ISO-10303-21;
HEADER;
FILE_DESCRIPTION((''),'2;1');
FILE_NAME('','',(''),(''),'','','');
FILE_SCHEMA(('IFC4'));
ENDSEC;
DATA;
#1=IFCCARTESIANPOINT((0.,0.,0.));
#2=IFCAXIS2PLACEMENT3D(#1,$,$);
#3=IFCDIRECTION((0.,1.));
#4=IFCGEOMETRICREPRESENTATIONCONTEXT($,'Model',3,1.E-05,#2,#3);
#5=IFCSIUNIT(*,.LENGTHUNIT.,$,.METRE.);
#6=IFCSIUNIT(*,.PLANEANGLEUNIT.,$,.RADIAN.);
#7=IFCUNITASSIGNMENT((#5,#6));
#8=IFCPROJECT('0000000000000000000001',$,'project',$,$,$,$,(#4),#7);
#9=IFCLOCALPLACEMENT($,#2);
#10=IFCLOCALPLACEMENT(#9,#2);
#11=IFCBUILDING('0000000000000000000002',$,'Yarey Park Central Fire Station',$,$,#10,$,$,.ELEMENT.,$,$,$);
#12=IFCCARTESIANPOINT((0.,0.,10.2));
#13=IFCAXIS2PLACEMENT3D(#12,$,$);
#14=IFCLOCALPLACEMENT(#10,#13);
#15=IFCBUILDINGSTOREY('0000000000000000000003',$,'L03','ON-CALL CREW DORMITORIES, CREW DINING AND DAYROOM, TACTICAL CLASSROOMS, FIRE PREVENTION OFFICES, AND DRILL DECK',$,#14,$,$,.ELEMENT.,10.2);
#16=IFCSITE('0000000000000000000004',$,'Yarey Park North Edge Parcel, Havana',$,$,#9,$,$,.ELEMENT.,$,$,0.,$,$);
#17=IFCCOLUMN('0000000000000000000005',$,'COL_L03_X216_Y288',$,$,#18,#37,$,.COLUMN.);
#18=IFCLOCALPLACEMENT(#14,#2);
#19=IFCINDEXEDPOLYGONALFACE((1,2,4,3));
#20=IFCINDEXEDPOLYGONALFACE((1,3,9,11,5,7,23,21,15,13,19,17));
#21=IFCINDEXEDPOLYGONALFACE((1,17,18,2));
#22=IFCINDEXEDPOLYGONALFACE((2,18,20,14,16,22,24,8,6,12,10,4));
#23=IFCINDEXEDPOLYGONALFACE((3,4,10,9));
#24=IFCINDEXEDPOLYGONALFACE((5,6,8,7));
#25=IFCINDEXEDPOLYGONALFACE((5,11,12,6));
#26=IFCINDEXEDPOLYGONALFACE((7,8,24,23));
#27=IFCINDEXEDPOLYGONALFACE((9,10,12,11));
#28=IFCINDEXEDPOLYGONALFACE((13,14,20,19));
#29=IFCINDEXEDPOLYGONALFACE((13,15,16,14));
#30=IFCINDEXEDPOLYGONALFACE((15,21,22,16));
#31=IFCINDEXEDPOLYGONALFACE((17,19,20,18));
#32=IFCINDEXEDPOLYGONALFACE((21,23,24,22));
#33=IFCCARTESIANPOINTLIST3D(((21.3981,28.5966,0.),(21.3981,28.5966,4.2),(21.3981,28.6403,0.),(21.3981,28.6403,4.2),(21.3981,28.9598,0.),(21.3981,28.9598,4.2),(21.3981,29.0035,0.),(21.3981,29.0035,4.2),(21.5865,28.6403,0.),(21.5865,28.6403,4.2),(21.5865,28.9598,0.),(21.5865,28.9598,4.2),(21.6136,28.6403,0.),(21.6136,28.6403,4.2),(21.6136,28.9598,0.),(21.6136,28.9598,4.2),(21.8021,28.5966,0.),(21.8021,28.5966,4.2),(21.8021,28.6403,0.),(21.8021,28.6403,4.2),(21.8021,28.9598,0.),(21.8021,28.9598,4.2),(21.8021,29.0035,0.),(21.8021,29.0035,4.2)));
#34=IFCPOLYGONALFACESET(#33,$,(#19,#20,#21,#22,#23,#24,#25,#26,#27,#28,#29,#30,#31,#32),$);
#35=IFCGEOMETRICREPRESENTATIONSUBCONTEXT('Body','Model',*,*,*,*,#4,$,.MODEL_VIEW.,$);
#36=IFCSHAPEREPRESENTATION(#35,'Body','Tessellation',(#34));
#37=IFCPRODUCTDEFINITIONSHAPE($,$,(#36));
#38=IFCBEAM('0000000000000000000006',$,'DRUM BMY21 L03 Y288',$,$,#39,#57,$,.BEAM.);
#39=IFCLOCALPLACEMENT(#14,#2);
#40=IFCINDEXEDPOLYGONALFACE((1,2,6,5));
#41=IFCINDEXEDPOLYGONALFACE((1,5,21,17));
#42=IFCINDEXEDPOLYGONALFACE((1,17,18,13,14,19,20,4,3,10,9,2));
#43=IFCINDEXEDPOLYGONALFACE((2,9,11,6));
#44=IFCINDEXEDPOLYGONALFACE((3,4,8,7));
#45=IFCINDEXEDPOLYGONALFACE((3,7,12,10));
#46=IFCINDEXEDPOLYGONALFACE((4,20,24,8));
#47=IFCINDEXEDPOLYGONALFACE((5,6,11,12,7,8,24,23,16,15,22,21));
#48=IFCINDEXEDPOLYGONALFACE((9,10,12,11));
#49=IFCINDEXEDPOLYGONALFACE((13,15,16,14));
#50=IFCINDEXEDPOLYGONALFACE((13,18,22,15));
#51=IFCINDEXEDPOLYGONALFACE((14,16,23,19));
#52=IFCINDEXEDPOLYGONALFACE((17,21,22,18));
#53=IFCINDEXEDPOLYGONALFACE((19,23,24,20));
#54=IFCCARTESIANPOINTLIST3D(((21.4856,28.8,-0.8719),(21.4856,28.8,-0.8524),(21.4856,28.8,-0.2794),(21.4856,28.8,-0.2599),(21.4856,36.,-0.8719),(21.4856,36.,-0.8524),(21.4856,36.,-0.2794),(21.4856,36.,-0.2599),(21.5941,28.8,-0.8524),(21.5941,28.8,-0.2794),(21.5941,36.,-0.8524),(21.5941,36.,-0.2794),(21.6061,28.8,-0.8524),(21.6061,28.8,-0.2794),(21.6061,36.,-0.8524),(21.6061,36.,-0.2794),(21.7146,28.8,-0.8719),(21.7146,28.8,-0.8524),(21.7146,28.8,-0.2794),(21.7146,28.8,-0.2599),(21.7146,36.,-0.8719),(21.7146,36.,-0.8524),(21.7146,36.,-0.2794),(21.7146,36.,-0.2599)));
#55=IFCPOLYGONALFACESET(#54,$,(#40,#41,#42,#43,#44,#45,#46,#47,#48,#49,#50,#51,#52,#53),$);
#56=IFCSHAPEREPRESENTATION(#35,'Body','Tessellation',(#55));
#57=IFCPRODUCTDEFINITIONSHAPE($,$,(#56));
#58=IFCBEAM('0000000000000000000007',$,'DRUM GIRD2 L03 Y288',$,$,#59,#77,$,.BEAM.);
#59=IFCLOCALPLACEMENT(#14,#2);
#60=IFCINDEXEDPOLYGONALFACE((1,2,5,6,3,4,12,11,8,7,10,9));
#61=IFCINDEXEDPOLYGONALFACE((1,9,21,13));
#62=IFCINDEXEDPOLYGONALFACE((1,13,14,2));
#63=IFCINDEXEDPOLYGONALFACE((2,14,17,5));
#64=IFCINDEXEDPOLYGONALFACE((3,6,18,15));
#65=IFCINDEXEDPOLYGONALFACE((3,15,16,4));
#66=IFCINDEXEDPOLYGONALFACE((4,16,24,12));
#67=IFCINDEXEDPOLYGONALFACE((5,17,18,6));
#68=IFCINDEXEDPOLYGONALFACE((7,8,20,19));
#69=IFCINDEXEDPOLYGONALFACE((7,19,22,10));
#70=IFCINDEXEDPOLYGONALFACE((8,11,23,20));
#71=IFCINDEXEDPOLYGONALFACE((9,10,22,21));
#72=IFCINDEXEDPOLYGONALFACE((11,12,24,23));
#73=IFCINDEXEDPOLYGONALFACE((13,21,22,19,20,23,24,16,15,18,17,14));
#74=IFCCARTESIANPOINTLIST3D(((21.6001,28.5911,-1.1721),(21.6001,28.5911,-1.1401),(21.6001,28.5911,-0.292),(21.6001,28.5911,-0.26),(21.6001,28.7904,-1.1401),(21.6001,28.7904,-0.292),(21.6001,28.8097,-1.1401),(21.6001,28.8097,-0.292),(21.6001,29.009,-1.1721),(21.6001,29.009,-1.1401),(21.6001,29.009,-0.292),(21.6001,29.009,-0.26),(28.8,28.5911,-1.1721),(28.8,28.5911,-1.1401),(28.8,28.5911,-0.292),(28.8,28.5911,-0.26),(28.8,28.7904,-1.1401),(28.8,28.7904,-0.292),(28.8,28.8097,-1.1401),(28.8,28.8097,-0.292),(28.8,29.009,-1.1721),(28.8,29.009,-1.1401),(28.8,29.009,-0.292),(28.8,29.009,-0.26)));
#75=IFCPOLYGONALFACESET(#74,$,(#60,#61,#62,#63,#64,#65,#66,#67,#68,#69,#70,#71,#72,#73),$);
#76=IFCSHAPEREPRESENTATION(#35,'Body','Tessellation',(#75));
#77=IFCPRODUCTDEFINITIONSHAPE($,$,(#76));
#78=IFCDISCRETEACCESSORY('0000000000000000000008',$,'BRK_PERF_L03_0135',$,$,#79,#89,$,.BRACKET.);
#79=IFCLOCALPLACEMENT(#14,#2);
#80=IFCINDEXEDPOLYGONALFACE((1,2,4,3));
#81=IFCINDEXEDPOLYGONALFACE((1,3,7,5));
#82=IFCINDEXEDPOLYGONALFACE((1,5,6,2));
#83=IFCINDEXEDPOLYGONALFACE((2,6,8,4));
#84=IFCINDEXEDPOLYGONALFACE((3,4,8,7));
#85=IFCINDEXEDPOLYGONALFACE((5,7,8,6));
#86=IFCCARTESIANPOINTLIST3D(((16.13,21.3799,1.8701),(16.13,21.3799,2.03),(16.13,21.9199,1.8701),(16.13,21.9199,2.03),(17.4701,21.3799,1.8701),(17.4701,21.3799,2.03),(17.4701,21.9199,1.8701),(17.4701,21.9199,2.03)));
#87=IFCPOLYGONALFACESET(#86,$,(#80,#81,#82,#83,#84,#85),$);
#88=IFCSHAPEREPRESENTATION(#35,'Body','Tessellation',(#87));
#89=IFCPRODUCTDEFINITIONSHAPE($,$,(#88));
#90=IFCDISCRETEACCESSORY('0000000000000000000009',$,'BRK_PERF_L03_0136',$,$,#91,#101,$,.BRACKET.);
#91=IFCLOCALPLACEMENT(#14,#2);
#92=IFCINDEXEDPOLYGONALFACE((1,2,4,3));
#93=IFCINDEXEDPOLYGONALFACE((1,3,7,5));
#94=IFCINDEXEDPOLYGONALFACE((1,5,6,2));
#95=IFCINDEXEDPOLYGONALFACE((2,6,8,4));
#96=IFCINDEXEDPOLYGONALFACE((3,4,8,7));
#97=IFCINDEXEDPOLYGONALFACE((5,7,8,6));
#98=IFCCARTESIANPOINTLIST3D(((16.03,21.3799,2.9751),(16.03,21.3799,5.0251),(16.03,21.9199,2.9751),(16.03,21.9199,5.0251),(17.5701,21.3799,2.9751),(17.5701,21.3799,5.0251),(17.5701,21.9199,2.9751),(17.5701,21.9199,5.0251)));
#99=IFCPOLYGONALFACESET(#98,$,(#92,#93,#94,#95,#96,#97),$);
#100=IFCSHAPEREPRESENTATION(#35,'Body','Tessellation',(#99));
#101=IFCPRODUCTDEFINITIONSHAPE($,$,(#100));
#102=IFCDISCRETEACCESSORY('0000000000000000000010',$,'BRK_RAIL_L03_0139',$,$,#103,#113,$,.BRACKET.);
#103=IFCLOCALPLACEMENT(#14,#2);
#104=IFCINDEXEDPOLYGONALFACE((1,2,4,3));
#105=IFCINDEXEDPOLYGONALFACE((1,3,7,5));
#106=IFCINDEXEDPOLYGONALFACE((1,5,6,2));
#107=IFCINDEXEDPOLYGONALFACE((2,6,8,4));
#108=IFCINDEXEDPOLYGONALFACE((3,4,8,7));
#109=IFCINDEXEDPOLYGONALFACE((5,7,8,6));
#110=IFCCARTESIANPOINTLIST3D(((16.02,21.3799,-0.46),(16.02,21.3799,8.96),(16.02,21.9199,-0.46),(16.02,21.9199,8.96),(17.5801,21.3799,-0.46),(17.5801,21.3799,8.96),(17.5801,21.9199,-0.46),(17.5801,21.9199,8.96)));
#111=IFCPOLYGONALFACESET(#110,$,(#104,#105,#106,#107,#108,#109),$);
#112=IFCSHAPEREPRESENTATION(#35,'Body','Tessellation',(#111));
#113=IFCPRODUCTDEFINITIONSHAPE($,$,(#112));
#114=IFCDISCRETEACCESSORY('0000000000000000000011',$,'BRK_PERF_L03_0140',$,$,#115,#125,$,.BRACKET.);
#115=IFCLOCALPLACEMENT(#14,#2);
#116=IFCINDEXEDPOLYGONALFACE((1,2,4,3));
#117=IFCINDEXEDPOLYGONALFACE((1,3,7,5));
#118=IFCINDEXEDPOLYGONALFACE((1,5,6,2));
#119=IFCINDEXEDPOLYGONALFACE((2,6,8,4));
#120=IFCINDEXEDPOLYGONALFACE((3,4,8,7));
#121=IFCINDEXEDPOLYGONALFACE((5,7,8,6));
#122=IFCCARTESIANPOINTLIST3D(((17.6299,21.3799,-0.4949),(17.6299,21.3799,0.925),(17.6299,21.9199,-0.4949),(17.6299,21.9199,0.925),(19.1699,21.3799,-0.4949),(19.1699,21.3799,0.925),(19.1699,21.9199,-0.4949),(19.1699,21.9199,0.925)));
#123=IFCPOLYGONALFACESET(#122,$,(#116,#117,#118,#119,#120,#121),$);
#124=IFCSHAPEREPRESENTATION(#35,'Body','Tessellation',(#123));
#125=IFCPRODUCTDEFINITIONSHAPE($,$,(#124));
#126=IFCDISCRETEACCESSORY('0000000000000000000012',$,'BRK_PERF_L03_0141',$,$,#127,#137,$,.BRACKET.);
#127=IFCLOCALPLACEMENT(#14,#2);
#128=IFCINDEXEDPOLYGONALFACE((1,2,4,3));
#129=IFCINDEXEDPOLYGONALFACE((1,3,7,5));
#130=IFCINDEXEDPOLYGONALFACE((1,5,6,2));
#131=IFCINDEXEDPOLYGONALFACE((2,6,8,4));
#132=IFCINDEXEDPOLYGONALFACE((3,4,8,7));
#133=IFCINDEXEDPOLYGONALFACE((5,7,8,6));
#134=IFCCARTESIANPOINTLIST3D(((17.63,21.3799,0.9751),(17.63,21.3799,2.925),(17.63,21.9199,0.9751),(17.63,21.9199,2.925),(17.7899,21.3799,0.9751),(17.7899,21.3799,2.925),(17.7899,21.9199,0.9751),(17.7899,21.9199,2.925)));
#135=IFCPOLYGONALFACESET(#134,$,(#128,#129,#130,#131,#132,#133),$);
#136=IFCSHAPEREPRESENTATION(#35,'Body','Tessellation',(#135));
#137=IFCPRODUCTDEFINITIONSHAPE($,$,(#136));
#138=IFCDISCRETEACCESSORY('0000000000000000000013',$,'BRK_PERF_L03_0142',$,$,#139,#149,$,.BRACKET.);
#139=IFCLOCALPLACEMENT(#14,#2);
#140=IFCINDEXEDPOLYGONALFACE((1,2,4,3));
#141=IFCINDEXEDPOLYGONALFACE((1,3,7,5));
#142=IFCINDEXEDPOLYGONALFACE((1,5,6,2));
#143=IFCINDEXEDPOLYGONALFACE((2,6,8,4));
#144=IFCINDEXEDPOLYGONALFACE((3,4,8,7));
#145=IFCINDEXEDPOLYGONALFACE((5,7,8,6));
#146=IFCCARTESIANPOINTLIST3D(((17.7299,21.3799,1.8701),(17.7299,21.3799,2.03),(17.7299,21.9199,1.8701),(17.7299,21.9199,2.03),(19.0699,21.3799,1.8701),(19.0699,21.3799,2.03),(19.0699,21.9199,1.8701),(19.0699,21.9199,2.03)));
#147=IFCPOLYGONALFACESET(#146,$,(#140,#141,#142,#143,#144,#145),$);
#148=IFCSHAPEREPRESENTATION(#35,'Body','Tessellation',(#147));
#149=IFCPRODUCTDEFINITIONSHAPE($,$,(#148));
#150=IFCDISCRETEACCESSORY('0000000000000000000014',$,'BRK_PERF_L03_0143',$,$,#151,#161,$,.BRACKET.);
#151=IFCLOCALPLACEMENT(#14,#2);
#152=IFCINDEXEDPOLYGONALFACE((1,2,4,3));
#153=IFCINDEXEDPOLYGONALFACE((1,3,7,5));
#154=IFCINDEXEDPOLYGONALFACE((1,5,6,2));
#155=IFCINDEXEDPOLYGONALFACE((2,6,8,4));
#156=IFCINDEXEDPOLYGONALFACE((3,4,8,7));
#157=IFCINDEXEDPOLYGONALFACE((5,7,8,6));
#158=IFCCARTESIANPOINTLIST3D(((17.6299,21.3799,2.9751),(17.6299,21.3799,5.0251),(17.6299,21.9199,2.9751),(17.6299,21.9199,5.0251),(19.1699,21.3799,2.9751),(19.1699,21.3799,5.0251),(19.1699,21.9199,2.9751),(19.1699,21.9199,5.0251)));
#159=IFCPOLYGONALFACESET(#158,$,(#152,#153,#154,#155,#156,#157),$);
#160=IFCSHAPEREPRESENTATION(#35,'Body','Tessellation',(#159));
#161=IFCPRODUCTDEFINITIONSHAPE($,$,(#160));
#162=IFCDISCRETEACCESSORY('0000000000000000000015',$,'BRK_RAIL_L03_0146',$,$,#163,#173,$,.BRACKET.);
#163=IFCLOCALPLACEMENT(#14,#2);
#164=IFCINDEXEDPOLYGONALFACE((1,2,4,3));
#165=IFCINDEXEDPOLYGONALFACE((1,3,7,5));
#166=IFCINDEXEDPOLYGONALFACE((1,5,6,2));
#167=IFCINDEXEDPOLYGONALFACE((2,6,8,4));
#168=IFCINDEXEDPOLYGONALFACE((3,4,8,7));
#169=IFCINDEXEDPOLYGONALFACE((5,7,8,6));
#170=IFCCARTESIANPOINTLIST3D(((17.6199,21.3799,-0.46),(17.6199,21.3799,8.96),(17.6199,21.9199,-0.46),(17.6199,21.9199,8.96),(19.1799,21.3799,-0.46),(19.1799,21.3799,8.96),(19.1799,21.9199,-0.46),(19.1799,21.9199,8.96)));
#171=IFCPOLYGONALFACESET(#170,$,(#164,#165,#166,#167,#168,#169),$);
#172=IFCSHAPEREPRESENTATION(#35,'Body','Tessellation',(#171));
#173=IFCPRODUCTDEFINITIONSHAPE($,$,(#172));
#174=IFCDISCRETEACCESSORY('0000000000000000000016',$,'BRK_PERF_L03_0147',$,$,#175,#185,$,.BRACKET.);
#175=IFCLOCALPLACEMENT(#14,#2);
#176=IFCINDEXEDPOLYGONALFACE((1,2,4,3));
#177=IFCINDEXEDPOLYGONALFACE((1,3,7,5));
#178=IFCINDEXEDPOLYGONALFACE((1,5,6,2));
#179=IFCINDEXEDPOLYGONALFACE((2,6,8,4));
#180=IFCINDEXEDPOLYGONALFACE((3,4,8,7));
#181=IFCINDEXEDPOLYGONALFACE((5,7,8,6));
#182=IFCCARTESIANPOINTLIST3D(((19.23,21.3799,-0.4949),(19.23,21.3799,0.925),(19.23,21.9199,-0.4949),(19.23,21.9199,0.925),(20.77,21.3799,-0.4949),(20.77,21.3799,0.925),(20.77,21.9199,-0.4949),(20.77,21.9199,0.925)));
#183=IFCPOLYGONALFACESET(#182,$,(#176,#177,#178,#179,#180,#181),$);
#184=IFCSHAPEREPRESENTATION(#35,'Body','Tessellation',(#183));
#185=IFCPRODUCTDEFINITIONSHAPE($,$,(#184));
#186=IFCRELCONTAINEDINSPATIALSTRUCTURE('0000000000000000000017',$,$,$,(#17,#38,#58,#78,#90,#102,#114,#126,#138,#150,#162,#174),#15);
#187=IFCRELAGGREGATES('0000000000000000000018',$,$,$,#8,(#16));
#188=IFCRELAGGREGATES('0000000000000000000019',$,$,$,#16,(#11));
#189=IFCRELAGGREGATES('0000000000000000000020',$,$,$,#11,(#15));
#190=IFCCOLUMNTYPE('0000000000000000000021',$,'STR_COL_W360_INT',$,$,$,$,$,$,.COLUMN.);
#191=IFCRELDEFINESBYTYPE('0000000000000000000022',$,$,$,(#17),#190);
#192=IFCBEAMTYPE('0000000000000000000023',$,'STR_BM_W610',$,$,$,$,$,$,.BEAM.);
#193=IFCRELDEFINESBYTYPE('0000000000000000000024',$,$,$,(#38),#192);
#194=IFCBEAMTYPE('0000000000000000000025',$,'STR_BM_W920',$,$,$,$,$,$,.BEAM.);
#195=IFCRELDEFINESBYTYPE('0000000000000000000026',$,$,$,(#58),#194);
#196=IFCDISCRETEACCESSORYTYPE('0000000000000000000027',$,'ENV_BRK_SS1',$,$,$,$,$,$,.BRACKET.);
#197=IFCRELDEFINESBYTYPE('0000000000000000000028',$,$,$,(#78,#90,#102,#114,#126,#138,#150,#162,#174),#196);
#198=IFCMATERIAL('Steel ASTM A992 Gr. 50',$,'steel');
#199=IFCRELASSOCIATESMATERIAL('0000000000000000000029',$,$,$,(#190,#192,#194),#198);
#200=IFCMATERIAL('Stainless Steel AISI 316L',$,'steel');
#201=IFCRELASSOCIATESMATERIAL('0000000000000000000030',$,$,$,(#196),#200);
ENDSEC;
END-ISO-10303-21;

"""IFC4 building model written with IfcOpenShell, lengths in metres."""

from ifc_helpers import new_model, si_unit, direction, frame, origin, origin_2d, place, context, subcontext, project, spatial, rectangle, i_section, extrude, material, material_profile, profile_set, type_object, element, save


model = new_model("IFC4")

# Units and contexts
model_context = context("Model", 3, precision=1e-05, world=origin(), true_north=direction((0.0, 1.0)))
body_context = subcontext(model_context, "Body", "Model", "MODEL_VIEW")
ifc_project = project(units=[si_unit("LENGTHUNIT", "METRE"), si_unit("PLANEANGLEUNIT", "RADIAN")], contexts=[model_context])

# Site, building, storey
site_placement = place(None, origin())
site = spatial("IfcSite", under=ifc_project, at=site_placement, Name="Yarey Park North Edge Parcel, Havana", CompositionType="ELEMENT", RefElevation=0.0)
building_placement = place(site_placement, origin())
building = spatial("IfcBuilding", under=site, at=building_placement, Name="Yarey Park Central Fire Station", CompositionType="ELEMENT")
storey_placement = place(building_placement, frame((0.0, 0.0, 10.2)))
storey = spatial("IfcBuildingStorey", under=building, at=storey_placement, Name="L03", Description="ON-CALL CREW DORMITORIES, CREW DINING AND DAYROOM, TACTICAL CLASSROOMS, FIRE PREVENTION OFFICES, AND DRILL DECK", CompositionType="ELEMENT", Elevation=10.2)

# Column
ifc_material_1 = material(Name="Steel ASTM A992 Gr. 50", Category="steel")
ifc_material_profile_1 = material_profile(ifc_material_1, i_section(OverallWidth=0.4041, OverallDepth=0.407, WebThickness=0.0271, FlangeThickness=0.0437, at=origin_2d()), Name="W360x347")
ifc_profile_set_1 = profile_set([ifc_material_profile_1], Name="Steel ASTM A992 Gr. 50")
column_type = type_object("IfcColumnType", Name="STR_COL_W360_INT", PredefinedType="COLUMN", material=ifc_profile_set_1)
column_placement = place(storey_placement, frame((21.6001, 28.8, 0.0), z_axis=(0.0, 0.0, 1.0), x_axis=(1.0, 0.0, 0.0)))
element("IfcColumn", 1, at=column_placement, inside=storey, type_object=column_type, Name="COL_L03_X216_Y288", PredefinedType="COLUMN", context=body_context, shape_type="SweptSolid", body=[
    extrude(i_section(OverallWidth=0.4041, OverallDepth=0.407, WebThickness=0.0271, FlangeThickness=0.0437, at=origin_2d()), origin(), (0.0, 0.0, 1.0), 4.2),
])

# Beams
ifc_material_profile_2 = material_profile(ifc_material_1, i_section(OverallWidth=0.229, OverallDepth=0.6121, WebThickness=0.012, FlangeThickness=0.0195, at=origin_2d()), Name="W610x125")
ifc_profile_set_2 = profile_set([ifc_material_profile_2], Name="Steel ASTM A992 Gr. 50")
beam_type_1 = type_object("IfcBeamType", Name="STR_BM_W610", PredefinedType="BEAM", material=ifc_profile_set_2)
beam_1_placement = place(storey_placement, frame((21.6001, 28.8, -0.5659), z_axis=(0.0, 1.0, 0.0), x_axis=(-1.0, 0.0, 0.0)))
element("IfcBeam", 2, at=beam_1_placement, inside=storey, type_object=beam_type_1, Name="DRUM BMY21 L03 Y288", PredefinedType="BEAM", context=body_context, shape_type="SweptSolid", body=[
    extrude(i_section(OverallWidth=0.229, OverallDepth=0.6121, WebThickness=0.012, FlangeThickness=0.0195, at=origin_2d()), origin(), (0.0, 0.0, 1.0), 7.2),
])
ifc_material_profile_3 = material_profile(ifc_material_1, i_section(OverallWidth=0.418, OverallDepth=0.9121, WebThickness=0.0193, FlangeThickness=0.032, at=origin_2d()), Name="W920x342")
ifc_profile_set_3 = profile_set([ifc_material_profile_3], Name="Steel ASTM A992 Gr. 50")
beam_type_2 = type_object("IfcBeamType", Name="STR_BM_W920", PredefinedType="BEAM", material=ifc_profile_set_3)
beam_2_placement = place(storey_placement, frame((21.6001, 28.8, -0.7161), z_axis=(1.0, 0.0, 0.0), x_axis=(0.0, 1.0, 0.0)))
element("IfcBeam", 3, at=beam_2_placement, inside=storey, type_object=beam_type_2, Name="DRUM GIRD2 L03 Y288", PredefinedType="BEAM", context=body_context, shape_type="SweptSolid", body=[
    extrude(i_section(OverallWidth=0.418, OverallDepth=0.9121, WebThickness=0.0193, FlangeThickness=0.032, at=origin_2d()), origin(), (0.0, 0.0, 1.0), 7.2),
])

# Discrete accessories
ifc_material_2 = material(Name="Stainless Steel AISI 316L", Category="steel")
discrete_accessory_type = type_object("IfcDiscreteAccessoryType", Name="ENV_BRK_SS1", PredefinedType="BRACKET", material=ifc_material_2)
discrete_accessory_1_placement = place(storey_placement, frame((16.8, 21.6499, 1.8701), z_axis=(0.0, 0.0, 1.0), x_axis=(1.0, 0.0, 0.0)))
element("IfcDiscreteAccessory", 4, at=discrete_accessory_1_placement, inside=storey, type_object=discrete_accessory_type, Name="BRK_PERF_L03_0135", PredefinedType="BRACKET", context=body_context, shape_type="SweptSolid", body=[
    extrude(rectangle(XDim=1.3401, YDim=0.54, at=origin_2d()), origin(), (0.0, 0.0, 1.0), 0.1599),
])
discrete_accessory_2_placement = place(storey_placement, frame((16.8, 21.6499, 2.9751), z_axis=(0.0, 0.0, 1.0), x_axis=(1.0, 0.0, 0.0)))
element("IfcDiscreteAccessory", 5, at=discrete_accessory_2_placement, inside=storey, type_object=discrete_accessory_type, Name="BRK_PERF_L03_0136", PredefinedType="BRACKET", context=body_context, shape_type="SweptSolid", body=[
    extrude(rectangle(XDim=1.54, YDim=0.54, at=origin_2d()), origin(), (0.0, 0.0, 1.0), 2.05),
])
discrete_accessory_3_placement = place(storey_placement, frame((16.8, 21.6499, -0.46), z_axis=(0.0, 0.0, 1.0), x_axis=(1.0, 0.0, 0.0)))
element("IfcDiscreteAccessory", 6, at=discrete_accessory_3_placement, inside=storey, type_object=discrete_accessory_type, Name="BRK_RAIL_L03_0139", PredefinedType="BRACKET", context=body_context, shape_type="SweptSolid", body=[
    extrude(rectangle(XDim=1.5601, YDim=0.54, at=origin_2d()), origin(), (0.0, 0.0, 1.0), 9.4199),
])
discrete_accessory_4_placement = place(storey_placement, frame((18.3999, 21.6499, -0.4949), z_axis=(0.0, 0.0, 1.0), x_axis=(1.0, 0.0, 0.0)))
element("IfcDiscreteAccessory", 7, at=discrete_accessory_4_placement, inside=storey, type_object=discrete_accessory_type, Name="BRK_PERF_L03_0140", PredefinedType="BRACKET", context=body_context, shape_type="SweptSolid", body=[
    extrude(rectangle(XDim=1.54, YDim=0.54, at=origin_2d()), origin(), (0.0, 0.0, 1.0), 1.4199),
])
discrete_accessory_5_placement = place(storey_placement, frame((17.71, 21.6499, 0.9751), z_axis=(0.0, 0.0, 1.0), x_axis=(1.0, 0.0, 0.0)))
element("IfcDiscreteAccessory", 8, at=discrete_accessory_5_placement, inside=storey, type_object=discrete_accessory_type, Name="BRK_PERF_L03_0141", PredefinedType="BRACKET", context=body_context, shape_type="SweptSolid", body=[
    extrude(rectangle(XDim=0.1599, YDim=0.54, at=origin_2d()), origin(), (0.0, 0.0, 1.0), 1.95),
])
discrete_accessory_6_placement = place(storey_placement, frame((18.3999, 21.6499, 1.8701), z_axis=(0.0, 0.0, 1.0), x_axis=(1.0, 0.0, 0.0)))
element("IfcDiscreteAccessory", 9, at=discrete_accessory_6_placement, inside=storey, type_object=discrete_accessory_type, Name="BRK_PERF_L03_0142", PredefinedType="BRACKET", context=body_context, shape_type="SweptSolid", body=[
    extrude(rectangle(XDim=1.3401, YDim=0.54, at=origin_2d()), origin(), (0.0, 0.0, 1.0), 0.1599),
])
discrete_accessory_7_placement = place(storey_placement, frame((18.3999, 21.6499, 2.9751), z_axis=(0.0, 0.0, 1.0), x_axis=(1.0, 0.0, 0.0)))
element("IfcDiscreteAccessory", 10, at=discrete_accessory_7_placement, inside=storey, type_object=discrete_accessory_type, Name="BRK_PERF_L03_0143", PredefinedType="BRACKET", context=body_context, shape_type="SweptSolid", body=[
    extrude(rectangle(XDim=1.54, YDim=0.54, at=origin_2d()), origin(), (0.0, 0.0, 1.0), 2.05),
])
discrete_accessory_8_placement = place(storey_placement, frame((18.3999, 21.6499, -0.46), z_axis=(0.0, 0.0, 1.0), x_axis=(1.0, 0.0, 0.0)))
element("IfcDiscreteAccessory", 11, at=discrete_accessory_8_placement, inside=storey, type_object=discrete_accessory_type, Name="BRK_RAIL_L03_0146", PredefinedType="BRACKET", context=body_context, shape_type="SweptSolid", body=[
    extrude(rectangle(XDim=1.5601, YDim=0.54, at=origin_2d()), origin(), (0.0, 0.0, 1.0), 9.4199),
])
discrete_accessory_9_placement = place(storey_placement, frame((20.0, 21.6499, -0.4949), z_axis=(0.0, 0.0, 1.0), x_axis=(1.0, 0.0, 0.0)))
element("IfcDiscreteAccessory", 12, at=discrete_accessory_9_placement, inside=storey, type_object=discrete_accessory_type, Name="BRK_PERF_L03_0147", PredefinedType="BRACKET", context=body_context, shape_type="SweptSolid", body=[
    extrude(rectangle(XDim=1.54, YDim=0.54, at=origin_2d()), origin(), (0.0, 0.0, 1.0), 1.4199),
])

save(model, "model.ifc")
